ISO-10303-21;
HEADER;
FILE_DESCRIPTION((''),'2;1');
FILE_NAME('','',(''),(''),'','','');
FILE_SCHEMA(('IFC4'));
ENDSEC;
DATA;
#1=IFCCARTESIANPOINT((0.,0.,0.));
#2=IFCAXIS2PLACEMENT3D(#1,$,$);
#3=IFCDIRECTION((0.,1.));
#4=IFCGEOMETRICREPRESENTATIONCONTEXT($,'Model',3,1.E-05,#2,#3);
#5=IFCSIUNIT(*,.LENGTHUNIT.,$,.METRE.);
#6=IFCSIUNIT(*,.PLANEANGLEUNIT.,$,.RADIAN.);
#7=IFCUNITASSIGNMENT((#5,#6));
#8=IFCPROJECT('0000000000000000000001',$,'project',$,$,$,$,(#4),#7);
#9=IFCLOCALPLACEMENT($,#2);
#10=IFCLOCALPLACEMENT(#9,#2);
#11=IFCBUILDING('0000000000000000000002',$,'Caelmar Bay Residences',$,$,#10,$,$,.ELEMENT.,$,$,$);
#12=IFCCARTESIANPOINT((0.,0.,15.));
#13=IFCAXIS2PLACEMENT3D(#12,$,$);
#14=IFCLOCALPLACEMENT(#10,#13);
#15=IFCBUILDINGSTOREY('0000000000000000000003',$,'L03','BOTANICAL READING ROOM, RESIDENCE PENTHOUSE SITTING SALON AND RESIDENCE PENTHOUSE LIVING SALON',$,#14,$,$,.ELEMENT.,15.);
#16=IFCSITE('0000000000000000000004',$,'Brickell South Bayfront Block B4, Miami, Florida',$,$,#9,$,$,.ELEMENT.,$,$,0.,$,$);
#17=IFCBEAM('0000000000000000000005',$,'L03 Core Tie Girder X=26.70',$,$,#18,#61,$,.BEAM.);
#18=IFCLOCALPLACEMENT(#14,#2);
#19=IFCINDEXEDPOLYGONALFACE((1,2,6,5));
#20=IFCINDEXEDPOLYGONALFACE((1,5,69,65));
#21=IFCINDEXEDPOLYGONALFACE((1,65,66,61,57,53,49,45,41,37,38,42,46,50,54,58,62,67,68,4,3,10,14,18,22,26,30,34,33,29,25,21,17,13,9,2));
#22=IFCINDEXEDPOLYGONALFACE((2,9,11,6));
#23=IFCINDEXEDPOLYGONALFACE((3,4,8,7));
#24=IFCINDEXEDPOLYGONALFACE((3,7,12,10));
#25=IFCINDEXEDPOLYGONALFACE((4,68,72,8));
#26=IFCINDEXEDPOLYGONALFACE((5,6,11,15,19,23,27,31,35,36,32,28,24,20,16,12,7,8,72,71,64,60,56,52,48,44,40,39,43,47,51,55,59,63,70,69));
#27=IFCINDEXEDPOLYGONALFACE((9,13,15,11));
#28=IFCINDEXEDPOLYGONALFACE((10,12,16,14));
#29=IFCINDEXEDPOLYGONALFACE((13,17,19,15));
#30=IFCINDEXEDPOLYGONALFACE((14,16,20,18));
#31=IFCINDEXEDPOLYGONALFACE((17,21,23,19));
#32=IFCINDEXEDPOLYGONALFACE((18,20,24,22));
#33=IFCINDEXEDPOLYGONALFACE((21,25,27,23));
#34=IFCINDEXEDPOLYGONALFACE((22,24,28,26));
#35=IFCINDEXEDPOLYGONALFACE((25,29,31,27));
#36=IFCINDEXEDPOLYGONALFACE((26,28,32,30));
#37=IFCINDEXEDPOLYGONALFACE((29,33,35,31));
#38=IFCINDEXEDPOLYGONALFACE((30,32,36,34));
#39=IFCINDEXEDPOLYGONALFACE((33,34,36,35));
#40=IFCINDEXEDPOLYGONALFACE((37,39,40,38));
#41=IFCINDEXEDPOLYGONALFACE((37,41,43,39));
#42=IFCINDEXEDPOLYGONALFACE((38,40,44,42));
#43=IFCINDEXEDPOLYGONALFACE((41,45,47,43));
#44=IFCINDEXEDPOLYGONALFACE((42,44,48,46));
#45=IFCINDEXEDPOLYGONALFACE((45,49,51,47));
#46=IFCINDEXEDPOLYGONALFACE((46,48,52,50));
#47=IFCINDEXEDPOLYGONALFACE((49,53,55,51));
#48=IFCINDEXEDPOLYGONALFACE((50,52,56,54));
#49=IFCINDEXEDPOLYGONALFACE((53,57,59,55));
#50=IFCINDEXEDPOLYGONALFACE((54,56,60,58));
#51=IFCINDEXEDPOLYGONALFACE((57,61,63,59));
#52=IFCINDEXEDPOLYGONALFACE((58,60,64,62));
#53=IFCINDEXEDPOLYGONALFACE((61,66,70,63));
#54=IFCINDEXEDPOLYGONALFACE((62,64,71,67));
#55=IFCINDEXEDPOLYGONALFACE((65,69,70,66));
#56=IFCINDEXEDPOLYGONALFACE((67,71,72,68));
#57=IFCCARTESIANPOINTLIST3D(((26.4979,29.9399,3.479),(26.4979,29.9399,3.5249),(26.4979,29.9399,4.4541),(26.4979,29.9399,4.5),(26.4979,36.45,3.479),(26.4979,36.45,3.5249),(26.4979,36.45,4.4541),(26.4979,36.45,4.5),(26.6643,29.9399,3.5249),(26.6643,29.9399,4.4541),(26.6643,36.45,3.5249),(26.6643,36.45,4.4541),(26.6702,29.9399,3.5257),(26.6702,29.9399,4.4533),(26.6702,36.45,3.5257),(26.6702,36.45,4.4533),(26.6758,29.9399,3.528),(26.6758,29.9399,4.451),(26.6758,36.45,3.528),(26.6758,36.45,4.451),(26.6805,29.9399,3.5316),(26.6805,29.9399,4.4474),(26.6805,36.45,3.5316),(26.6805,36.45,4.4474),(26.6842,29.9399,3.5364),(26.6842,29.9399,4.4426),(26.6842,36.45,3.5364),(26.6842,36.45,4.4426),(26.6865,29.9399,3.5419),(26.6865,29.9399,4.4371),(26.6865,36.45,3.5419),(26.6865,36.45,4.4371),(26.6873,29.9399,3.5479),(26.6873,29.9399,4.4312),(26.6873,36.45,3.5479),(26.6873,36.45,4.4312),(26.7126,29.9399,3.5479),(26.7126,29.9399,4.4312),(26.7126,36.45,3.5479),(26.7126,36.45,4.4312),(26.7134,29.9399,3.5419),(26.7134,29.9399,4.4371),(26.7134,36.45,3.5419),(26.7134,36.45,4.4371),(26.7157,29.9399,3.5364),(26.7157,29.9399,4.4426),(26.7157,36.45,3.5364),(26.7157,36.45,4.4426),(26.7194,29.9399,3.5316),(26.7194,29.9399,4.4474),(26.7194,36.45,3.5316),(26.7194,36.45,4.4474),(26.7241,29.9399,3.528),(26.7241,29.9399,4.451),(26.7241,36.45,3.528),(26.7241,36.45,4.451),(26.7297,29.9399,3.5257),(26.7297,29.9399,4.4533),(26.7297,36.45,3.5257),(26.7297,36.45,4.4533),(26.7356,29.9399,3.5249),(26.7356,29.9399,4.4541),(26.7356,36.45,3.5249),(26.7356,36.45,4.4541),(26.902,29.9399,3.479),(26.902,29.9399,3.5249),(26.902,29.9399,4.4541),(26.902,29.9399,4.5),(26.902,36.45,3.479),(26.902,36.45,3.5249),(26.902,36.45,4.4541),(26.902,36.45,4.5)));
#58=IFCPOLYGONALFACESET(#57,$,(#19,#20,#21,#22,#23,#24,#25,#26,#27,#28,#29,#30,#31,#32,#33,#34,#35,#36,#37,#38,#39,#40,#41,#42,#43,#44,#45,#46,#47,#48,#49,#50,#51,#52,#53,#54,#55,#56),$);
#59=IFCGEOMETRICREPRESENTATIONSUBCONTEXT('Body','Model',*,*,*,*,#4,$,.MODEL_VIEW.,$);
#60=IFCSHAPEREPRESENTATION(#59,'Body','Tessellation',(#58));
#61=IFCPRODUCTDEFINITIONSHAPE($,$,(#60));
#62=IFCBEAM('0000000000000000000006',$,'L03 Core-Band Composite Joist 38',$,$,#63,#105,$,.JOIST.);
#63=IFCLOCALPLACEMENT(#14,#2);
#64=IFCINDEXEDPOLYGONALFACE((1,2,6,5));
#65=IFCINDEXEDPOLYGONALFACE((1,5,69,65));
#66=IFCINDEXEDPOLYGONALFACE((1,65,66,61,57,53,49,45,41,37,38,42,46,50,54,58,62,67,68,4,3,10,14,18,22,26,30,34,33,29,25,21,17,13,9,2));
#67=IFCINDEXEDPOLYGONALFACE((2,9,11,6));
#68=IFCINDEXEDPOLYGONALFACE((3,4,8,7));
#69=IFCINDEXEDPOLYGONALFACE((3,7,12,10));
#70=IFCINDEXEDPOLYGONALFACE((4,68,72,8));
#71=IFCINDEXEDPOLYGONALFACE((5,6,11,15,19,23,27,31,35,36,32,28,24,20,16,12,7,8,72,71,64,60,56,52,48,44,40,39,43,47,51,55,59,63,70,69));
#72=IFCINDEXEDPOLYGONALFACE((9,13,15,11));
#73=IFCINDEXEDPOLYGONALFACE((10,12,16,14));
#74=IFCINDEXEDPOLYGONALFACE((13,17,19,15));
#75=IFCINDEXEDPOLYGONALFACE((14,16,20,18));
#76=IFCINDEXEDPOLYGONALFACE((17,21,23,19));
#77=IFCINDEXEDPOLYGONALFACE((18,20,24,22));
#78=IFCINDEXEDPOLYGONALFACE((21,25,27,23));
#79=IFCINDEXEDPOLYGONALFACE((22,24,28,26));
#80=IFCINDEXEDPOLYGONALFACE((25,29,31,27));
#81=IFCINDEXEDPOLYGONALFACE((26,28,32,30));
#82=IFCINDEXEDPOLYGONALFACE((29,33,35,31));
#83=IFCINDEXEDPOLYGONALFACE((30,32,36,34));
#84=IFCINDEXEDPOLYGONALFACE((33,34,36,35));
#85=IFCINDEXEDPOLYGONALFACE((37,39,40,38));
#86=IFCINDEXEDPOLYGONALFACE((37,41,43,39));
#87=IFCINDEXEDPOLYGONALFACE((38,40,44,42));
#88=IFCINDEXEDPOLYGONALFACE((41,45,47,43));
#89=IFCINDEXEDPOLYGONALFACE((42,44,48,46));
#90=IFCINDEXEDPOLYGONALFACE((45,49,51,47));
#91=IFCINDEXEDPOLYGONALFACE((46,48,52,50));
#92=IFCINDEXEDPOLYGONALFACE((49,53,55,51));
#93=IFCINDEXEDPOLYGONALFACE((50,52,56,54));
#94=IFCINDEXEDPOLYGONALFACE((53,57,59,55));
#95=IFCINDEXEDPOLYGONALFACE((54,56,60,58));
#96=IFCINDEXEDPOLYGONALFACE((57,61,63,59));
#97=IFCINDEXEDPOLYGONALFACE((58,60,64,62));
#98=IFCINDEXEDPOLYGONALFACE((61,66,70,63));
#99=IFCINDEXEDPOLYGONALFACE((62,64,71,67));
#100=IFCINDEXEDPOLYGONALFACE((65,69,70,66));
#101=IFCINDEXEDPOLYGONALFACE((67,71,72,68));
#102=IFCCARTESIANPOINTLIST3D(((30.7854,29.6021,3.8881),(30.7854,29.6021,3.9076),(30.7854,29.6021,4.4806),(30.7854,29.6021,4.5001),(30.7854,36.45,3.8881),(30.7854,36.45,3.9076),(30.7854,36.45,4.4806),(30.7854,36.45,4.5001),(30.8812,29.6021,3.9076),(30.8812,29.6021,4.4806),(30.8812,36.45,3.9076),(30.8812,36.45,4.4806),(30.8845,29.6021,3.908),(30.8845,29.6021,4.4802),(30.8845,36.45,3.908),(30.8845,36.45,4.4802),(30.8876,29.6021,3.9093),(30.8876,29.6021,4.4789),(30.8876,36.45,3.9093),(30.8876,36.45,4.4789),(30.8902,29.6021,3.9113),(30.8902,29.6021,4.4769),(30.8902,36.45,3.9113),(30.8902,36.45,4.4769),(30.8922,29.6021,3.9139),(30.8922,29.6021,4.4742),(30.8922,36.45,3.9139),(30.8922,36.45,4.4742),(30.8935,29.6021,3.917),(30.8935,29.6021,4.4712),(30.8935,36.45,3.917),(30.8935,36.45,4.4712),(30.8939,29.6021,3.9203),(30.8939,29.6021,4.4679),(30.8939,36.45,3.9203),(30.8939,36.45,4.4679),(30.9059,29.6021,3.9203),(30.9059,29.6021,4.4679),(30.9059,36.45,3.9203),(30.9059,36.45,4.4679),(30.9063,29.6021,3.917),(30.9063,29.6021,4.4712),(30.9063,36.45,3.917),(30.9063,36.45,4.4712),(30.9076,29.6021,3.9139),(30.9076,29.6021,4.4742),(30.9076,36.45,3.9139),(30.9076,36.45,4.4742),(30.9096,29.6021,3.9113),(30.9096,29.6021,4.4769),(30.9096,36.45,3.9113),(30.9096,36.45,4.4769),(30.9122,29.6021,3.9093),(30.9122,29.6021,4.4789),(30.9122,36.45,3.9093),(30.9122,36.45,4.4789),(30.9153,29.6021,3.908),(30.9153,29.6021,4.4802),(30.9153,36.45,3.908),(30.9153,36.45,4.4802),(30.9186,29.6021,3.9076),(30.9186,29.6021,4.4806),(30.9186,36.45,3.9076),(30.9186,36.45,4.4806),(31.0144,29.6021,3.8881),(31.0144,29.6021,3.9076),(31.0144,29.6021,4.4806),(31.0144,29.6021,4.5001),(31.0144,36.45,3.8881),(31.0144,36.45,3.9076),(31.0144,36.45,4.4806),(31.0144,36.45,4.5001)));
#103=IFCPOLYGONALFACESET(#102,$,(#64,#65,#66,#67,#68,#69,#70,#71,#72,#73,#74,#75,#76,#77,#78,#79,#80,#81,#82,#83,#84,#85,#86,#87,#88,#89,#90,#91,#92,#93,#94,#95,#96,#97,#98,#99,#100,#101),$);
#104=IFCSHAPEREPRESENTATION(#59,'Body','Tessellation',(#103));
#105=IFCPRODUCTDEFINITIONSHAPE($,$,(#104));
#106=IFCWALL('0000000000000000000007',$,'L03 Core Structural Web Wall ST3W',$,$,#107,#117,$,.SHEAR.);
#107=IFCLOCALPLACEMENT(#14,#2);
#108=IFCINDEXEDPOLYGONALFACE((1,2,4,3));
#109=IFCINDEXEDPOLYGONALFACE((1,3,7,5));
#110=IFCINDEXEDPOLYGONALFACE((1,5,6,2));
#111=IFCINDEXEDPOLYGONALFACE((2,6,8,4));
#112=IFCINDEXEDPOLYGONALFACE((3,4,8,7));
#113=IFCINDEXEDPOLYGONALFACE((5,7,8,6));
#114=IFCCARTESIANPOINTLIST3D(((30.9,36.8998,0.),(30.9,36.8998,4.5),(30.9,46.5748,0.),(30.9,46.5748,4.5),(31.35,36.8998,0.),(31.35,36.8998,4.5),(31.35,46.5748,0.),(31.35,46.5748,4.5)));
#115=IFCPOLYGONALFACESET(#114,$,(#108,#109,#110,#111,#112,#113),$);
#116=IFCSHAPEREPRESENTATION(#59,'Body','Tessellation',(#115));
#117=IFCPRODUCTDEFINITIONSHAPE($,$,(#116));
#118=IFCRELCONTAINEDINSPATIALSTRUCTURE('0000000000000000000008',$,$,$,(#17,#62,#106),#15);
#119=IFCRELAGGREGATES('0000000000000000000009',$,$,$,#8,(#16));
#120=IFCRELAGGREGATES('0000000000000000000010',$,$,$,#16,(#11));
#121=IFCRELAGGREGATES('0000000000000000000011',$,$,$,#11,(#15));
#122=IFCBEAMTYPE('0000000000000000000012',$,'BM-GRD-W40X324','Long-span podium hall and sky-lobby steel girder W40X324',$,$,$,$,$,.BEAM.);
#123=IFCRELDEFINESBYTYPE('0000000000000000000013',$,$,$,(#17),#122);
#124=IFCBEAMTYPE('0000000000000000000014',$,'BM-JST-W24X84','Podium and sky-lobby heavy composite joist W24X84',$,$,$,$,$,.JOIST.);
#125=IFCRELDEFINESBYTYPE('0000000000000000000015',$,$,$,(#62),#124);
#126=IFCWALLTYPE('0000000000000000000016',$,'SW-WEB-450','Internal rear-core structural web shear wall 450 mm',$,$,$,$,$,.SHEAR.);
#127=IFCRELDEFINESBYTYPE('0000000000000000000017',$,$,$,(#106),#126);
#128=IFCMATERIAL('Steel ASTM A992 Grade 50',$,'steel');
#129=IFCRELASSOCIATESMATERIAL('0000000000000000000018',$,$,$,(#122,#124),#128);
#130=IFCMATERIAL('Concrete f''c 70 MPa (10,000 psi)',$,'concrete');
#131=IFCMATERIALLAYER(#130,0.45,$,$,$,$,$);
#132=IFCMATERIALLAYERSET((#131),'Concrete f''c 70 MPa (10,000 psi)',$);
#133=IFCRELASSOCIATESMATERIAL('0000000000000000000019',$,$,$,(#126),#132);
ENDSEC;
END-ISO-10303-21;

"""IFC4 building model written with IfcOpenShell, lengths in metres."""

from ifc_helpers import new_model, si_unit, direction, frame, frame_2d, origin, origin_2d, place, context, subcontext, project, spatial, rectangle, i_section, extrude, material, layer, layer_set, material_profile, profile_set, type_object, element, save


model = new_model("IFC4")

# Units and contexts
model_context = context("Model", 3, precision=1e-05, world=origin(), true_north=direction((0.0, 1.0)))
body_context = subcontext(model_context, "Body", "Model", "MODEL_VIEW")
ifc_project = project(units=[si_unit("LENGTHUNIT", "METRE"), si_unit("PLANEANGLEUNIT", "RADIAN")], contexts=[model_context])

# Site, building, storey
site_placement = place(None, origin())
site = spatial("IfcSite", under=ifc_project, at=site_placement, Name="Brickell South Bayfront Block B4, Miami, Florida", CompositionType="ELEMENT", RefElevation=0.0)
building_placement = place(site_placement, origin())
building = spatial("IfcBuilding", under=site, at=building_placement, Name="Caelmar Bay Residences", CompositionType="ELEMENT")
storey_placement = place(building_placement, frame((0.0, 0.0, 15.0)))
storey = spatial("IfcBuildingStorey", under=building, at=storey_placement, Name="L03", Description="BOTANICAL READING ROOM, RESIDENCE PENTHOUSE SITTING SALON AND RESIDENCE PENTHOUSE LIVING SALON", CompositionType="ELEMENT", Elevation=15.0)

# Beams
ifc_material_1 = material(Name="Steel ASTM A992 Grade 50", Category="steel")
ifc_material_profile_1 = material_profile(ifc_material_1, i_section(OverallWidth=0.4041, OverallDepth=1.021, WebThickness=0.0254, FlangeThickness=0.0459, FilletRadius=0.0229, at=origin_2d()), Name="W40X324")
ifc_profile_set_1 = profile_set([ifc_material_profile_1], Name="Steel ASTM A992 Grade 50")
beam_type_1 = type_object("IfcBeamType", Name="BM-GRD-W40X324", Description="Long-span podium hall and sky-lobby steel girder W40X324", PredefinedType="BEAM", material=ifc_profile_set_1)
beam_1_placement = place(storey_placement, frame((26.7, 29.9399, 3.9895), z_axis=(0.0, 1.0, 0.0), x_axis=(-1.0, 0.0, 0.0)))
element("IfcBeam", 1, at=beam_1_placement, inside=storey, type_object=beam_type_1, Name="L03 Core Tie Girder X=26.70", PredefinedType="BEAM", context=body_context, shape_type="SweptSolid", body=[
    extrude(i_section(OverallWidth=0.4041, OverallDepth=1.021, WebThickness=0.0254, FlangeThickness=0.0459, FilletRadius=0.0229, at=origin_2d()), origin(), (0.0, 0.0, 1.0), 6.51),
])
ifc_material_profile_2 = material_profile(ifc_material_1, i_section(OverallWidth=0.229, OverallDepth=0.6121, WebThickness=0.012, FlangeThickness=0.0195, FilletRadius=0.0127, at=origin_2d()), Name="W24X84")
ifc_profile_set_2 = profile_set([ifc_material_profile_2], Name="Steel ASTM A992 Grade 50")
beam_type_2 = type_object("IfcBeamType", Name="BM-JST-W24X84", Description="Podium and sky-lobby heavy composite joist W24X84", PredefinedType="JOIST", material=ifc_profile_set_2)
beam_2_placement = place(storey_placement, frame((30.8999, 29.6021, 4.1941), z_axis=(0.0, 1.0, 0.0), x_axis=(-1.0, 0.0, 0.0)))
element("IfcBeam", 2, at=beam_2_placement, inside=storey, type_object=beam_type_2, Name="L03 Core-Band Composite Joist 38", PredefinedType="JOIST", context=body_context, shape_type="SweptSolid", body=[
    extrude(i_section(OverallWidth=0.229, OverallDepth=0.6121, WebThickness=0.012, FlangeThickness=0.0195, FilletRadius=0.0127, at=origin_2d()), origin(), (0.0, 0.0, 1.0), 6.8479),
])

# Wall
ifc_material_2 = material(Name="Concrete f'c 70 MPa (10,000 psi)", Category="concrete")
ifc_layer_1 = layer(ifc_material_2, 0.45)
ifc_layer_set_1 = layer_set([ifc_layer_1], Name="Concrete f'c 70 MPa (10,000 psi)")
wall_type_1 = type_object("IfcWallType", Name="SW-WEB-450", Description="Internal rear-core structural web shear wall 450 mm", PredefinedType="SHEAR", material=ifc_layer_set_1)
wall_1_placement = place(storey_placement, frame((31.125, 36.8999, 0.0), z_axis=(0.0, 0.0, 1.0), x_axis=(0.0, 1.0, 0.0)))
element("IfcWall", 3, at=wall_1_placement, inside=storey, type_object=wall_type_1, Name="L03 Core Structural Web Wall ST3W", PredefinedType="SHEAR", context=body_context, shape_type="SweptSolid", body=[
    extrude(rectangle(XDim=9.675, YDim=0.45, at=frame_2d((4.8374, 0.0))), origin(), (0.0, 0.0, 1.0), 4.5),
])

save(model, "model.ifc")
